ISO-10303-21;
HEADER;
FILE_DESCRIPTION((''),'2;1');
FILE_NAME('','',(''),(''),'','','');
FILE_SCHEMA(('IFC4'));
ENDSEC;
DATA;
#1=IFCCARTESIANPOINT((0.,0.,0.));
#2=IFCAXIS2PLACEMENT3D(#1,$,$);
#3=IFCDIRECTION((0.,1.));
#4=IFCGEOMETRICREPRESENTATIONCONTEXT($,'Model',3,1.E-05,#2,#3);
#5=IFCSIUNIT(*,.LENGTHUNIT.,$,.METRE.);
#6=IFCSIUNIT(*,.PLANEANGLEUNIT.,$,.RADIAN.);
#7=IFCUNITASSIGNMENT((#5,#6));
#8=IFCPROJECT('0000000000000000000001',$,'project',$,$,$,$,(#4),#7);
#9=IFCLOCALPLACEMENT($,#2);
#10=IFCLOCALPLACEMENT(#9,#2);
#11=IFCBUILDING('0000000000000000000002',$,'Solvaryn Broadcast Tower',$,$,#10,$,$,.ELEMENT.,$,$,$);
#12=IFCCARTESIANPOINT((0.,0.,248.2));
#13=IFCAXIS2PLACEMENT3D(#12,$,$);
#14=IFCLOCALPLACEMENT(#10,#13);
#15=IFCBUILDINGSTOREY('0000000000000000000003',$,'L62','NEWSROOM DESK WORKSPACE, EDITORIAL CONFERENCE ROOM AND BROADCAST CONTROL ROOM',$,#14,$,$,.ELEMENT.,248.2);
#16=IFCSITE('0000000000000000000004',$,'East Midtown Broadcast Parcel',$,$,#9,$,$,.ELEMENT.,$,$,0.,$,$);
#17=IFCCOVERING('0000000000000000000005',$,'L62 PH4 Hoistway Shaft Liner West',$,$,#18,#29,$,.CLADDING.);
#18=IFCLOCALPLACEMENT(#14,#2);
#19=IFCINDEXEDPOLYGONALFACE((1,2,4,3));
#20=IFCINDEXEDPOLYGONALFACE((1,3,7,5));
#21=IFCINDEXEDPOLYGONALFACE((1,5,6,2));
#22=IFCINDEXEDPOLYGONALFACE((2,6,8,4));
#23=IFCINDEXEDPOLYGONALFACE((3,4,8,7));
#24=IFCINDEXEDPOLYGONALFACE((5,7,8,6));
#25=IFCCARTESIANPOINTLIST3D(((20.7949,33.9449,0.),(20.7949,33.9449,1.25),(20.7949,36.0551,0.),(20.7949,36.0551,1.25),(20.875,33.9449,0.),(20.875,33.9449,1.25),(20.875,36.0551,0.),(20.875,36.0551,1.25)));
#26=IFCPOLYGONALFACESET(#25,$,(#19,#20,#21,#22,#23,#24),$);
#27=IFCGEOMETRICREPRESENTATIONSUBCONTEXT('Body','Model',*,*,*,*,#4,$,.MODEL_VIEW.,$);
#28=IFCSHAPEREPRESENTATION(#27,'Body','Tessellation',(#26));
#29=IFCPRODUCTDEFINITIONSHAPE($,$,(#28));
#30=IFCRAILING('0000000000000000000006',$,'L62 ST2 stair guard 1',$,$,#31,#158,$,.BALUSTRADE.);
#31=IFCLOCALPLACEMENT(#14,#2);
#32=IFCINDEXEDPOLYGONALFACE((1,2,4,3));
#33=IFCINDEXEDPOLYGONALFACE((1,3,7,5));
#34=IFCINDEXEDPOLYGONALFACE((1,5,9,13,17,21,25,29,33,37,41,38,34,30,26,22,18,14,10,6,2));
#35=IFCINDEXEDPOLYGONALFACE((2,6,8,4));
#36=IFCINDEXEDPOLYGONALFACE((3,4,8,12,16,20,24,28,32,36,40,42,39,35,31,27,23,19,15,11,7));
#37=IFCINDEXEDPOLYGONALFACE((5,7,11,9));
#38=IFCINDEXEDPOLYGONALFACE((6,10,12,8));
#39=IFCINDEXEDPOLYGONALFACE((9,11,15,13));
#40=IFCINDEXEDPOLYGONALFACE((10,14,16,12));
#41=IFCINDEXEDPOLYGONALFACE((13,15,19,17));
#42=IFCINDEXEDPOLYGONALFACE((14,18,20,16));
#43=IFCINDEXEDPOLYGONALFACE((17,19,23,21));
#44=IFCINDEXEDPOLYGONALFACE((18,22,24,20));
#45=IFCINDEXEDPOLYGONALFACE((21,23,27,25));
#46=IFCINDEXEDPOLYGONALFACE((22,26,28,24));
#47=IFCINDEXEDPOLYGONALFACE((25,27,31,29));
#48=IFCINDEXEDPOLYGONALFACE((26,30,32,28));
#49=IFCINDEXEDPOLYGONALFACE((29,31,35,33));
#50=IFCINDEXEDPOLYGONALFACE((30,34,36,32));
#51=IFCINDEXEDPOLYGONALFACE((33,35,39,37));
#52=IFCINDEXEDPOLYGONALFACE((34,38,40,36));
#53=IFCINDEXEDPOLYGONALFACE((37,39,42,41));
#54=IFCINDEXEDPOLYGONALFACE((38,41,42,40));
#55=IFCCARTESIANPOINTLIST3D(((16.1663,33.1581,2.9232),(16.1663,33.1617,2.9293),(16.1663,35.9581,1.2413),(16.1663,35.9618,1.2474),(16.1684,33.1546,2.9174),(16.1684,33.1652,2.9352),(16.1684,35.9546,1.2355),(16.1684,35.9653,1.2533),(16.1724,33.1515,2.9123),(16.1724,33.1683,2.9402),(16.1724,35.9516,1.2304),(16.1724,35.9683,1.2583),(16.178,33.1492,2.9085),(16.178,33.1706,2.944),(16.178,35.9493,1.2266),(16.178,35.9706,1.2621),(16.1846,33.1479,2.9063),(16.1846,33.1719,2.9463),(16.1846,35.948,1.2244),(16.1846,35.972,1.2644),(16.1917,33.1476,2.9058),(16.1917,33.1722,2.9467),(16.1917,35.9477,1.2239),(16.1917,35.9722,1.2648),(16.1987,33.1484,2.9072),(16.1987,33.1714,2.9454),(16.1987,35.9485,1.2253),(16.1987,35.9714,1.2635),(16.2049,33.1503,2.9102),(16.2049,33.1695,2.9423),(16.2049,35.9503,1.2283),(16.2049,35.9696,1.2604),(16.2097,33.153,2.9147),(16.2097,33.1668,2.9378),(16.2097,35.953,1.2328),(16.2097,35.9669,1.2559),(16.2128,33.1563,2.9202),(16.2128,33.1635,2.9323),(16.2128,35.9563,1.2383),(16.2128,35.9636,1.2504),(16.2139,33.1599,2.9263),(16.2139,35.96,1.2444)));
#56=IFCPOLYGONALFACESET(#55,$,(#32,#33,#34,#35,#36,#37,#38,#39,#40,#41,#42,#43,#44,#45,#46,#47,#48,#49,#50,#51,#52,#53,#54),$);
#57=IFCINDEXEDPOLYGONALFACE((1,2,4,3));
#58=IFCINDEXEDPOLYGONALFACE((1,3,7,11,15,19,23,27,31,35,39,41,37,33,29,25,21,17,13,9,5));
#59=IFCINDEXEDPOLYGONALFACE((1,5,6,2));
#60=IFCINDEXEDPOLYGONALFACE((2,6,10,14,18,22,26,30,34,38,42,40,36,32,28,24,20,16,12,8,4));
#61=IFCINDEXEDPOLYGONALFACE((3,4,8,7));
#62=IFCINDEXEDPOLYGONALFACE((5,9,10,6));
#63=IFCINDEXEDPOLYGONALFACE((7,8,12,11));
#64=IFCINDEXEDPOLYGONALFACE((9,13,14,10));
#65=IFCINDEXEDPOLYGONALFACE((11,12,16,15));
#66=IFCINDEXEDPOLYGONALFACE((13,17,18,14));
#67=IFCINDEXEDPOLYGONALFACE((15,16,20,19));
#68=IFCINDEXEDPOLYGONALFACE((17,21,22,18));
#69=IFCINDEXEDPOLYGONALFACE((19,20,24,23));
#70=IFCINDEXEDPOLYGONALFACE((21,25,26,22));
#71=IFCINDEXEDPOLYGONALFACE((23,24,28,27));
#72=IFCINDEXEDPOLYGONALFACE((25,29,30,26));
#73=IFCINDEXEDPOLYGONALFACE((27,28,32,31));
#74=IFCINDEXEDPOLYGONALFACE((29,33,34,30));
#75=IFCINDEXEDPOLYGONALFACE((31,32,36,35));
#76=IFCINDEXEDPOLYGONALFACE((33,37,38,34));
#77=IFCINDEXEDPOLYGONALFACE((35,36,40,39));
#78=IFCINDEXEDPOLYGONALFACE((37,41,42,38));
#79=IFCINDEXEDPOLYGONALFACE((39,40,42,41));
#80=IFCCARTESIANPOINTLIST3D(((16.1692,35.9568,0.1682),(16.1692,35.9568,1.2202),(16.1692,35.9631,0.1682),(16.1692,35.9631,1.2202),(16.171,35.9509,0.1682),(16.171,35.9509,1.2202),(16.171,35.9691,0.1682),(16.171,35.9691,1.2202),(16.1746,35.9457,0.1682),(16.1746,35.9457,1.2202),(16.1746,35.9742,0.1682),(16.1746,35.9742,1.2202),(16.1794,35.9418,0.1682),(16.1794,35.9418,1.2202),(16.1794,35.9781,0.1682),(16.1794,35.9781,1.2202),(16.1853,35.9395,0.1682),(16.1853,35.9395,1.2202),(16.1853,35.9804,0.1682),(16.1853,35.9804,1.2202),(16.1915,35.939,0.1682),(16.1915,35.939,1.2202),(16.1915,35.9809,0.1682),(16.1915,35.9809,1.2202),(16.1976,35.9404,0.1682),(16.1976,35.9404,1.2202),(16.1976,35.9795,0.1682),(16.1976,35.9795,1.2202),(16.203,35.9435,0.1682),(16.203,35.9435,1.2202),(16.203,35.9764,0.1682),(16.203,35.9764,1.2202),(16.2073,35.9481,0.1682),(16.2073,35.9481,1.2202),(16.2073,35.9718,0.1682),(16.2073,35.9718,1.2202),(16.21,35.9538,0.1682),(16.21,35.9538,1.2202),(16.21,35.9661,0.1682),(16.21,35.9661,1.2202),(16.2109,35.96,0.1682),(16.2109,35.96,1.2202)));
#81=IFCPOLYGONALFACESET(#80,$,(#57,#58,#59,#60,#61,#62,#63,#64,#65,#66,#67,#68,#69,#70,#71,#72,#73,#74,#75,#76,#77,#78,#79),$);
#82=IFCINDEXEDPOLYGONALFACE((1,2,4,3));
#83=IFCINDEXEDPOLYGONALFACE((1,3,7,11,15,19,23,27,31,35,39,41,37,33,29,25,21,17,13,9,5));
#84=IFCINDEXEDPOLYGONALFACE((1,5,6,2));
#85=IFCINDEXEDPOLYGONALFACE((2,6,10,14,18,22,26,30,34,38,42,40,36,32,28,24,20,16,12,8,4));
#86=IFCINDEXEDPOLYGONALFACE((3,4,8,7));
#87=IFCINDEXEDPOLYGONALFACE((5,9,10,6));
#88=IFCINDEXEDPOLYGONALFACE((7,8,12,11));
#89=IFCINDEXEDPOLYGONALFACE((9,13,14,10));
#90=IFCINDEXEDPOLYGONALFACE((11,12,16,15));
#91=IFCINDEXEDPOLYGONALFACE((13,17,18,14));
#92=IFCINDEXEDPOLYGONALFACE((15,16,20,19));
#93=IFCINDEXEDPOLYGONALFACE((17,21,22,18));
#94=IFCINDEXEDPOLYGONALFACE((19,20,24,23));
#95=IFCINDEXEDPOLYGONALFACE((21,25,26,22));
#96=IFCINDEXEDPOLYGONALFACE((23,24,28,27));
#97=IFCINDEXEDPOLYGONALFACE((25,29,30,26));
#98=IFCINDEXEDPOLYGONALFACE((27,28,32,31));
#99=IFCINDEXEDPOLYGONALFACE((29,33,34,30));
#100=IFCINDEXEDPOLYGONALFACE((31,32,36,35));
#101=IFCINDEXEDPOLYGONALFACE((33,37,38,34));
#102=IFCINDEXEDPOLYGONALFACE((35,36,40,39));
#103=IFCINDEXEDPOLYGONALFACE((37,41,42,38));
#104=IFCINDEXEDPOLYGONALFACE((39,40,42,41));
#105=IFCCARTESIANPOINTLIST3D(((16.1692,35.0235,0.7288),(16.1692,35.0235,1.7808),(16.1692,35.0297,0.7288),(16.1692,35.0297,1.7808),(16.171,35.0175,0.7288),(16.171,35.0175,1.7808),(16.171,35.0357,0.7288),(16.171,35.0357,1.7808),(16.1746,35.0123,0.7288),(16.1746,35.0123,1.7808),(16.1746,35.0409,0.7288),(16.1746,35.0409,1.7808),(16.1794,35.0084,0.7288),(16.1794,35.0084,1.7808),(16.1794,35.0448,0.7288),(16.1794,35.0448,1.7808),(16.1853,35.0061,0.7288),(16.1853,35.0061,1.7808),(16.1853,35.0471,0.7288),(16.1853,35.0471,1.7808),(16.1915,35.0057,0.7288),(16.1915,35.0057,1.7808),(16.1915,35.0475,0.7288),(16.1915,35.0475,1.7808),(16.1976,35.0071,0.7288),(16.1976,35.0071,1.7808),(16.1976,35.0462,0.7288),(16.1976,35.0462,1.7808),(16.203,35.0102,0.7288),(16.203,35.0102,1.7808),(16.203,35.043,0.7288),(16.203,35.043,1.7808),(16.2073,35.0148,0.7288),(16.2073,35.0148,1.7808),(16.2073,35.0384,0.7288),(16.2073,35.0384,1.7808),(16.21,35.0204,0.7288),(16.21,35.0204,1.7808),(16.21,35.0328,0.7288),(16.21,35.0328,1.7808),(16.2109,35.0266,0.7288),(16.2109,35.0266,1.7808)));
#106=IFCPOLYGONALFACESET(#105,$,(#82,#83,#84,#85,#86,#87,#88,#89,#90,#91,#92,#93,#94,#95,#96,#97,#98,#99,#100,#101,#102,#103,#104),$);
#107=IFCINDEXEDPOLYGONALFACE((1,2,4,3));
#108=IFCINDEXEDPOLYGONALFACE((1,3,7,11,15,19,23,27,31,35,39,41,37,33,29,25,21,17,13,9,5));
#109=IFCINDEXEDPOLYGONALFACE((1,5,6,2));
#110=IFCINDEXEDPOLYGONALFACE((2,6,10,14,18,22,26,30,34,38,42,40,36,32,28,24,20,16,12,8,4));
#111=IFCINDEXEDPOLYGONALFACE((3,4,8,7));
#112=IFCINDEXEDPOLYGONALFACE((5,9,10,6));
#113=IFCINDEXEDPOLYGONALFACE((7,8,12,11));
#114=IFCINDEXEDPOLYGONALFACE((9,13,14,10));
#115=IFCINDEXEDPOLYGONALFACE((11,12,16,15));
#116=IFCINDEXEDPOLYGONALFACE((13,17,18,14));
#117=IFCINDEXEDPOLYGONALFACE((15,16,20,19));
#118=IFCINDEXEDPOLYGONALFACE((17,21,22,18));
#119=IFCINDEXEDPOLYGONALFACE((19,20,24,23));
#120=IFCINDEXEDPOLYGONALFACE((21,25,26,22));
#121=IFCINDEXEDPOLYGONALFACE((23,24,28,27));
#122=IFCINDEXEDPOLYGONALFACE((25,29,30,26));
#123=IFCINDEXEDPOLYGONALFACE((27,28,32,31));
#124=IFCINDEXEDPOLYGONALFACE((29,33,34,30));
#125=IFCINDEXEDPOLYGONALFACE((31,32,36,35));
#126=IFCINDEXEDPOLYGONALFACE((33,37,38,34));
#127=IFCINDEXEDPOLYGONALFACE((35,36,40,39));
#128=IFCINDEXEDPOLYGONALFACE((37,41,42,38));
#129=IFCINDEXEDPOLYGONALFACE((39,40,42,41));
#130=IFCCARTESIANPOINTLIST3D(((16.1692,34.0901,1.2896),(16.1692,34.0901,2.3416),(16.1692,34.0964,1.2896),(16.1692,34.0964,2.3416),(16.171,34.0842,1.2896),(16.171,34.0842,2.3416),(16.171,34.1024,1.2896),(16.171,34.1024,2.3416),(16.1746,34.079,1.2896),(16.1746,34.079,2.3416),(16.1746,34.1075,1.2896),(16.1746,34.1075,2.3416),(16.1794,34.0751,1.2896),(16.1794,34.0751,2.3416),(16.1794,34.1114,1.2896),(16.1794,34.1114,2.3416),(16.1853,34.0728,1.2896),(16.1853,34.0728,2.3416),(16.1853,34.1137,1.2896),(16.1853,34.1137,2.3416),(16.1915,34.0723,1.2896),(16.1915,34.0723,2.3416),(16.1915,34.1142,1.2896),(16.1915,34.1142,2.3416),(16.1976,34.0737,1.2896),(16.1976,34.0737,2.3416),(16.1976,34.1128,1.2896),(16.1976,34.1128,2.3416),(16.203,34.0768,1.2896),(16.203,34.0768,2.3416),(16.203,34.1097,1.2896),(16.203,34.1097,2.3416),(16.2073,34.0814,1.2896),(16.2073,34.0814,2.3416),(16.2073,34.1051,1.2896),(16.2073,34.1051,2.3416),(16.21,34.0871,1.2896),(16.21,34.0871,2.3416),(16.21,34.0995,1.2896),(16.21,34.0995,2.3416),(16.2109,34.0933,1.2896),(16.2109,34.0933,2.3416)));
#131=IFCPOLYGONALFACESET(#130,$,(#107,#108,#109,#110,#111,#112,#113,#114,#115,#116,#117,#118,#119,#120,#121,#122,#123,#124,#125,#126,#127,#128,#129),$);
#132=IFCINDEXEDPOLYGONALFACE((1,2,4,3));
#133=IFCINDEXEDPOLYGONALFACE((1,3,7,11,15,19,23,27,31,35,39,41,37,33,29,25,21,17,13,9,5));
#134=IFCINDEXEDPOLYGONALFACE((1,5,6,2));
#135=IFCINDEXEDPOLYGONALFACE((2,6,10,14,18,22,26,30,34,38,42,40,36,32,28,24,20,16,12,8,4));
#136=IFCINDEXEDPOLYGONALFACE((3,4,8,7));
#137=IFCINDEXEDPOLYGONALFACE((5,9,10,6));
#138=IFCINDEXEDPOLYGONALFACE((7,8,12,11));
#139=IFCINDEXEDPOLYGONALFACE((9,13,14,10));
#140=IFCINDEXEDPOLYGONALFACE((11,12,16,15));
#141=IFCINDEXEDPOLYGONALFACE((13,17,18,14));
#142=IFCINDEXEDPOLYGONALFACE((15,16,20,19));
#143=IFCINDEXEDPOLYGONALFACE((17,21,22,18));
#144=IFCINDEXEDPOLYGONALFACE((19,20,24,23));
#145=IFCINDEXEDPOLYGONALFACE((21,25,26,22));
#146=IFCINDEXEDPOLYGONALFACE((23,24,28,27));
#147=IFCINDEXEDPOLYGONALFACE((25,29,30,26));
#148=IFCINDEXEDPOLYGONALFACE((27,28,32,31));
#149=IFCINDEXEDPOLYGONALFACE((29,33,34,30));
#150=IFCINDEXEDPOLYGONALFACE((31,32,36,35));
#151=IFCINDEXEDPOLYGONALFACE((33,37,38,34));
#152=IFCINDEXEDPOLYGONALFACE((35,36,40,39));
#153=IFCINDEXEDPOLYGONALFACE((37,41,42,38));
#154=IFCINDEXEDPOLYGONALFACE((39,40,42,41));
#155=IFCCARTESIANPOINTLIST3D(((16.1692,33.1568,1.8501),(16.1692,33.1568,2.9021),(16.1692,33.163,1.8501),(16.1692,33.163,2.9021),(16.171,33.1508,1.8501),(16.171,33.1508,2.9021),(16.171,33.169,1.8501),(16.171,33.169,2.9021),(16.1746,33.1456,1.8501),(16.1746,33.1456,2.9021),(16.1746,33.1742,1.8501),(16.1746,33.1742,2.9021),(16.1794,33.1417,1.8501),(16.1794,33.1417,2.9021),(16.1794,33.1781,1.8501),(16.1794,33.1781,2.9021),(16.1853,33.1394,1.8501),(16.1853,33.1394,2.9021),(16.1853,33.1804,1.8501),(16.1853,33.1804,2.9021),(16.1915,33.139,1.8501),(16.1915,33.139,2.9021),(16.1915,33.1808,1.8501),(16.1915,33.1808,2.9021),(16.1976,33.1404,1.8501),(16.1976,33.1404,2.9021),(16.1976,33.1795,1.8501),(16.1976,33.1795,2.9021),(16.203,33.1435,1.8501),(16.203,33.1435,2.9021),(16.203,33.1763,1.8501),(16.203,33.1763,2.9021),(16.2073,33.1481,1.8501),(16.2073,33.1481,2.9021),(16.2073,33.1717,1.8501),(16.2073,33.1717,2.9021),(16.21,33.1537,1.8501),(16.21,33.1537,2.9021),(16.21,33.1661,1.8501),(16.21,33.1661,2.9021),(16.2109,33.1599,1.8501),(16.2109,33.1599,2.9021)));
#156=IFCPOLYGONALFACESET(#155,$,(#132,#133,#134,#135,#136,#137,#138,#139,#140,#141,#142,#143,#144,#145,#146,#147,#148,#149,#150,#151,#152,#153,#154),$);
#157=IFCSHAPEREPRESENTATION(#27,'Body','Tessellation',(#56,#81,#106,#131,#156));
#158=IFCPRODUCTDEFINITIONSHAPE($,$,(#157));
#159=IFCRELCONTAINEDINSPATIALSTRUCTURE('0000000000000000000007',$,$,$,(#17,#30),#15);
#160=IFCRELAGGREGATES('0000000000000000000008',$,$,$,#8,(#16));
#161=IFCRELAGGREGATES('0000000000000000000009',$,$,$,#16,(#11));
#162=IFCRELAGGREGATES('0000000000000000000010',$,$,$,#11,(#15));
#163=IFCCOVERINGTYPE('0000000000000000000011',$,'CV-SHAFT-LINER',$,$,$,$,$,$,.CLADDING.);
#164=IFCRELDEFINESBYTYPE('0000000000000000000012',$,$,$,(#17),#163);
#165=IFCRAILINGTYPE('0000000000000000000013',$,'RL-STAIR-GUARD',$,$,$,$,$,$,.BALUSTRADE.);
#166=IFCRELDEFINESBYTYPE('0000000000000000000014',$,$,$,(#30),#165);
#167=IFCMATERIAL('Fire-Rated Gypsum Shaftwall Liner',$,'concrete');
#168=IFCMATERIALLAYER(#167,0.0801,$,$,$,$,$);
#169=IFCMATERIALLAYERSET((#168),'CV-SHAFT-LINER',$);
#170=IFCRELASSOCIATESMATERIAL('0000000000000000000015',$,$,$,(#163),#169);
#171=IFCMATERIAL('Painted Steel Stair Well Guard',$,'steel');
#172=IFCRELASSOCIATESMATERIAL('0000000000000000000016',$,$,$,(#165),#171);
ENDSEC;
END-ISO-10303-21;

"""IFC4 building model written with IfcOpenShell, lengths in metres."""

from ifc_helpers import new_model, si_unit, direction, frame, origin, origin_2d, place, context, subcontext, project, spatial, rectangle, circle, extrude, material, layer, layer_set, type_object, element, save


model = new_model("IFC4")

# Units and contexts
model_context = context("Model", 3, precision=1e-05, world=origin(), true_north=direction((0.0, 1.0)))
body_context = subcontext(model_context, "Body", "Model", "MODEL_VIEW")
ifc_project = project(units=[si_unit("LENGTHUNIT", "METRE"), si_unit("PLANEANGLEUNIT", "RADIAN")], contexts=[model_context])

# Site, building, storey
site_placement = place(None, origin())
site = spatial("IfcSite", under=ifc_project, at=site_placement, Name="East Midtown Broadcast Parcel", CompositionType="ELEMENT", RefElevation=0.0)
building_placement = place(site_placement, origin())
building = spatial("IfcBuilding", under=site, at=building_placement, Name="Solvaryn Broadcast Tower", CompositionType="ELEMENT")
storey_placement = place(building_placement, frame((0.0, 0.0, 248.2)))
storey = spatial("IfcBuildingStorey", under=building, at=storey_placement, Name="L62", Description="NEWSROOM DESK WORKSPACE, EDITORIAL CONFERENCE ROOM AND BROADCAST CONTROL ROOM", CompositionType="ELEMENT", Elevation=248.2)

# Covering
ifc_material_1 = material(Name="Fire-Rated Gypsum Shaftwall Liner", Category="concrete")
ifc_layer_1 = layer(ifc_material_1, 0.0801)
ifc_layer_set_1 = layer_set([ifc_layer_1], Name="CV-SHAFT-LINER")
covering_type = type_object("IfcCoveringType", Name="CV-SHAFT-LINER", PredefinedType="CLADDING", material=ifc_layer_set_1)
for number, where, z_axis, x_axis, name in (
    (1, (20.835, 35.0, 0.0), (0.0, 0.0, 1.0), (1.0, 0.0, 0.0), "L62 PH4 Hoistway Shaft Liner West"),
):
    element("IfcCovering", number, at=place(storey_placement, frame(where, z_axis=z_axis, x_axis=x_axis)), inside=storey, type_object=covering_type, Name=name, PredefinedType="CLADDING", context=body_context, shape_type="SweptSolid", body=[
        extrude(rectangle(XDim=0.0801, YDim=2.1101, at=origin_2d()), origin(), (0.0, 0.0, 1.0), 1.25),
    ])

# Railing
ifc_material_2 = material(Name="Painted Steel Stair Well Guard", Category="steel")
railing_type_1 = type_object("IfcRailingType", Name="RL-STAIR-GUARD", PredefinedType="BALUSTRADE", material=ifc_material_2)
railing_1_placement = place(storey_placement, frame((16.1899, 35.96, 0.1682)))
element("IfcRailing", 2, at=railing_1_placement, inside=storey, type_object=railing_type_1, Name="L62 ST2 stair guard 1", PredefinedType="BALUSTRADE", context=body_context, shape_type="SweptSolid", body=[
    extrude(circle(Radius=0.0239, at=origin_2d()), frame((0.0, 0.0, 1.0762), z_axis=(0.0, -0.857242, 0.514913), x_axis=(1.0, 0.0, 0.0)), (0.0, 0.0, 1.0), 3.2664),
    extrude(circle(Radius=0.021, at=origin_2d()), origin(), (0.0, 0.0, 1.0), 1.052),
    extrude(circle(Radius=0.021, at=origin_2d()), frame((0.0, -0.9333, 0.5605)), (0.0, 0.0, 1.0), 1.052),
    extrude(circle(Radius=0.021, at=origin_2d()), frame((0.0, -1.8667, 1.1213)), (0.0, 0.0, 1.0), 1.052),
    extrude(circle(Radius=0.021, at=origin_2d()), frame((0.0, -2.8, 1.6819)), (0.0, 0.0, 1.0), 1.052),
])

save(model, "model.ifc")
